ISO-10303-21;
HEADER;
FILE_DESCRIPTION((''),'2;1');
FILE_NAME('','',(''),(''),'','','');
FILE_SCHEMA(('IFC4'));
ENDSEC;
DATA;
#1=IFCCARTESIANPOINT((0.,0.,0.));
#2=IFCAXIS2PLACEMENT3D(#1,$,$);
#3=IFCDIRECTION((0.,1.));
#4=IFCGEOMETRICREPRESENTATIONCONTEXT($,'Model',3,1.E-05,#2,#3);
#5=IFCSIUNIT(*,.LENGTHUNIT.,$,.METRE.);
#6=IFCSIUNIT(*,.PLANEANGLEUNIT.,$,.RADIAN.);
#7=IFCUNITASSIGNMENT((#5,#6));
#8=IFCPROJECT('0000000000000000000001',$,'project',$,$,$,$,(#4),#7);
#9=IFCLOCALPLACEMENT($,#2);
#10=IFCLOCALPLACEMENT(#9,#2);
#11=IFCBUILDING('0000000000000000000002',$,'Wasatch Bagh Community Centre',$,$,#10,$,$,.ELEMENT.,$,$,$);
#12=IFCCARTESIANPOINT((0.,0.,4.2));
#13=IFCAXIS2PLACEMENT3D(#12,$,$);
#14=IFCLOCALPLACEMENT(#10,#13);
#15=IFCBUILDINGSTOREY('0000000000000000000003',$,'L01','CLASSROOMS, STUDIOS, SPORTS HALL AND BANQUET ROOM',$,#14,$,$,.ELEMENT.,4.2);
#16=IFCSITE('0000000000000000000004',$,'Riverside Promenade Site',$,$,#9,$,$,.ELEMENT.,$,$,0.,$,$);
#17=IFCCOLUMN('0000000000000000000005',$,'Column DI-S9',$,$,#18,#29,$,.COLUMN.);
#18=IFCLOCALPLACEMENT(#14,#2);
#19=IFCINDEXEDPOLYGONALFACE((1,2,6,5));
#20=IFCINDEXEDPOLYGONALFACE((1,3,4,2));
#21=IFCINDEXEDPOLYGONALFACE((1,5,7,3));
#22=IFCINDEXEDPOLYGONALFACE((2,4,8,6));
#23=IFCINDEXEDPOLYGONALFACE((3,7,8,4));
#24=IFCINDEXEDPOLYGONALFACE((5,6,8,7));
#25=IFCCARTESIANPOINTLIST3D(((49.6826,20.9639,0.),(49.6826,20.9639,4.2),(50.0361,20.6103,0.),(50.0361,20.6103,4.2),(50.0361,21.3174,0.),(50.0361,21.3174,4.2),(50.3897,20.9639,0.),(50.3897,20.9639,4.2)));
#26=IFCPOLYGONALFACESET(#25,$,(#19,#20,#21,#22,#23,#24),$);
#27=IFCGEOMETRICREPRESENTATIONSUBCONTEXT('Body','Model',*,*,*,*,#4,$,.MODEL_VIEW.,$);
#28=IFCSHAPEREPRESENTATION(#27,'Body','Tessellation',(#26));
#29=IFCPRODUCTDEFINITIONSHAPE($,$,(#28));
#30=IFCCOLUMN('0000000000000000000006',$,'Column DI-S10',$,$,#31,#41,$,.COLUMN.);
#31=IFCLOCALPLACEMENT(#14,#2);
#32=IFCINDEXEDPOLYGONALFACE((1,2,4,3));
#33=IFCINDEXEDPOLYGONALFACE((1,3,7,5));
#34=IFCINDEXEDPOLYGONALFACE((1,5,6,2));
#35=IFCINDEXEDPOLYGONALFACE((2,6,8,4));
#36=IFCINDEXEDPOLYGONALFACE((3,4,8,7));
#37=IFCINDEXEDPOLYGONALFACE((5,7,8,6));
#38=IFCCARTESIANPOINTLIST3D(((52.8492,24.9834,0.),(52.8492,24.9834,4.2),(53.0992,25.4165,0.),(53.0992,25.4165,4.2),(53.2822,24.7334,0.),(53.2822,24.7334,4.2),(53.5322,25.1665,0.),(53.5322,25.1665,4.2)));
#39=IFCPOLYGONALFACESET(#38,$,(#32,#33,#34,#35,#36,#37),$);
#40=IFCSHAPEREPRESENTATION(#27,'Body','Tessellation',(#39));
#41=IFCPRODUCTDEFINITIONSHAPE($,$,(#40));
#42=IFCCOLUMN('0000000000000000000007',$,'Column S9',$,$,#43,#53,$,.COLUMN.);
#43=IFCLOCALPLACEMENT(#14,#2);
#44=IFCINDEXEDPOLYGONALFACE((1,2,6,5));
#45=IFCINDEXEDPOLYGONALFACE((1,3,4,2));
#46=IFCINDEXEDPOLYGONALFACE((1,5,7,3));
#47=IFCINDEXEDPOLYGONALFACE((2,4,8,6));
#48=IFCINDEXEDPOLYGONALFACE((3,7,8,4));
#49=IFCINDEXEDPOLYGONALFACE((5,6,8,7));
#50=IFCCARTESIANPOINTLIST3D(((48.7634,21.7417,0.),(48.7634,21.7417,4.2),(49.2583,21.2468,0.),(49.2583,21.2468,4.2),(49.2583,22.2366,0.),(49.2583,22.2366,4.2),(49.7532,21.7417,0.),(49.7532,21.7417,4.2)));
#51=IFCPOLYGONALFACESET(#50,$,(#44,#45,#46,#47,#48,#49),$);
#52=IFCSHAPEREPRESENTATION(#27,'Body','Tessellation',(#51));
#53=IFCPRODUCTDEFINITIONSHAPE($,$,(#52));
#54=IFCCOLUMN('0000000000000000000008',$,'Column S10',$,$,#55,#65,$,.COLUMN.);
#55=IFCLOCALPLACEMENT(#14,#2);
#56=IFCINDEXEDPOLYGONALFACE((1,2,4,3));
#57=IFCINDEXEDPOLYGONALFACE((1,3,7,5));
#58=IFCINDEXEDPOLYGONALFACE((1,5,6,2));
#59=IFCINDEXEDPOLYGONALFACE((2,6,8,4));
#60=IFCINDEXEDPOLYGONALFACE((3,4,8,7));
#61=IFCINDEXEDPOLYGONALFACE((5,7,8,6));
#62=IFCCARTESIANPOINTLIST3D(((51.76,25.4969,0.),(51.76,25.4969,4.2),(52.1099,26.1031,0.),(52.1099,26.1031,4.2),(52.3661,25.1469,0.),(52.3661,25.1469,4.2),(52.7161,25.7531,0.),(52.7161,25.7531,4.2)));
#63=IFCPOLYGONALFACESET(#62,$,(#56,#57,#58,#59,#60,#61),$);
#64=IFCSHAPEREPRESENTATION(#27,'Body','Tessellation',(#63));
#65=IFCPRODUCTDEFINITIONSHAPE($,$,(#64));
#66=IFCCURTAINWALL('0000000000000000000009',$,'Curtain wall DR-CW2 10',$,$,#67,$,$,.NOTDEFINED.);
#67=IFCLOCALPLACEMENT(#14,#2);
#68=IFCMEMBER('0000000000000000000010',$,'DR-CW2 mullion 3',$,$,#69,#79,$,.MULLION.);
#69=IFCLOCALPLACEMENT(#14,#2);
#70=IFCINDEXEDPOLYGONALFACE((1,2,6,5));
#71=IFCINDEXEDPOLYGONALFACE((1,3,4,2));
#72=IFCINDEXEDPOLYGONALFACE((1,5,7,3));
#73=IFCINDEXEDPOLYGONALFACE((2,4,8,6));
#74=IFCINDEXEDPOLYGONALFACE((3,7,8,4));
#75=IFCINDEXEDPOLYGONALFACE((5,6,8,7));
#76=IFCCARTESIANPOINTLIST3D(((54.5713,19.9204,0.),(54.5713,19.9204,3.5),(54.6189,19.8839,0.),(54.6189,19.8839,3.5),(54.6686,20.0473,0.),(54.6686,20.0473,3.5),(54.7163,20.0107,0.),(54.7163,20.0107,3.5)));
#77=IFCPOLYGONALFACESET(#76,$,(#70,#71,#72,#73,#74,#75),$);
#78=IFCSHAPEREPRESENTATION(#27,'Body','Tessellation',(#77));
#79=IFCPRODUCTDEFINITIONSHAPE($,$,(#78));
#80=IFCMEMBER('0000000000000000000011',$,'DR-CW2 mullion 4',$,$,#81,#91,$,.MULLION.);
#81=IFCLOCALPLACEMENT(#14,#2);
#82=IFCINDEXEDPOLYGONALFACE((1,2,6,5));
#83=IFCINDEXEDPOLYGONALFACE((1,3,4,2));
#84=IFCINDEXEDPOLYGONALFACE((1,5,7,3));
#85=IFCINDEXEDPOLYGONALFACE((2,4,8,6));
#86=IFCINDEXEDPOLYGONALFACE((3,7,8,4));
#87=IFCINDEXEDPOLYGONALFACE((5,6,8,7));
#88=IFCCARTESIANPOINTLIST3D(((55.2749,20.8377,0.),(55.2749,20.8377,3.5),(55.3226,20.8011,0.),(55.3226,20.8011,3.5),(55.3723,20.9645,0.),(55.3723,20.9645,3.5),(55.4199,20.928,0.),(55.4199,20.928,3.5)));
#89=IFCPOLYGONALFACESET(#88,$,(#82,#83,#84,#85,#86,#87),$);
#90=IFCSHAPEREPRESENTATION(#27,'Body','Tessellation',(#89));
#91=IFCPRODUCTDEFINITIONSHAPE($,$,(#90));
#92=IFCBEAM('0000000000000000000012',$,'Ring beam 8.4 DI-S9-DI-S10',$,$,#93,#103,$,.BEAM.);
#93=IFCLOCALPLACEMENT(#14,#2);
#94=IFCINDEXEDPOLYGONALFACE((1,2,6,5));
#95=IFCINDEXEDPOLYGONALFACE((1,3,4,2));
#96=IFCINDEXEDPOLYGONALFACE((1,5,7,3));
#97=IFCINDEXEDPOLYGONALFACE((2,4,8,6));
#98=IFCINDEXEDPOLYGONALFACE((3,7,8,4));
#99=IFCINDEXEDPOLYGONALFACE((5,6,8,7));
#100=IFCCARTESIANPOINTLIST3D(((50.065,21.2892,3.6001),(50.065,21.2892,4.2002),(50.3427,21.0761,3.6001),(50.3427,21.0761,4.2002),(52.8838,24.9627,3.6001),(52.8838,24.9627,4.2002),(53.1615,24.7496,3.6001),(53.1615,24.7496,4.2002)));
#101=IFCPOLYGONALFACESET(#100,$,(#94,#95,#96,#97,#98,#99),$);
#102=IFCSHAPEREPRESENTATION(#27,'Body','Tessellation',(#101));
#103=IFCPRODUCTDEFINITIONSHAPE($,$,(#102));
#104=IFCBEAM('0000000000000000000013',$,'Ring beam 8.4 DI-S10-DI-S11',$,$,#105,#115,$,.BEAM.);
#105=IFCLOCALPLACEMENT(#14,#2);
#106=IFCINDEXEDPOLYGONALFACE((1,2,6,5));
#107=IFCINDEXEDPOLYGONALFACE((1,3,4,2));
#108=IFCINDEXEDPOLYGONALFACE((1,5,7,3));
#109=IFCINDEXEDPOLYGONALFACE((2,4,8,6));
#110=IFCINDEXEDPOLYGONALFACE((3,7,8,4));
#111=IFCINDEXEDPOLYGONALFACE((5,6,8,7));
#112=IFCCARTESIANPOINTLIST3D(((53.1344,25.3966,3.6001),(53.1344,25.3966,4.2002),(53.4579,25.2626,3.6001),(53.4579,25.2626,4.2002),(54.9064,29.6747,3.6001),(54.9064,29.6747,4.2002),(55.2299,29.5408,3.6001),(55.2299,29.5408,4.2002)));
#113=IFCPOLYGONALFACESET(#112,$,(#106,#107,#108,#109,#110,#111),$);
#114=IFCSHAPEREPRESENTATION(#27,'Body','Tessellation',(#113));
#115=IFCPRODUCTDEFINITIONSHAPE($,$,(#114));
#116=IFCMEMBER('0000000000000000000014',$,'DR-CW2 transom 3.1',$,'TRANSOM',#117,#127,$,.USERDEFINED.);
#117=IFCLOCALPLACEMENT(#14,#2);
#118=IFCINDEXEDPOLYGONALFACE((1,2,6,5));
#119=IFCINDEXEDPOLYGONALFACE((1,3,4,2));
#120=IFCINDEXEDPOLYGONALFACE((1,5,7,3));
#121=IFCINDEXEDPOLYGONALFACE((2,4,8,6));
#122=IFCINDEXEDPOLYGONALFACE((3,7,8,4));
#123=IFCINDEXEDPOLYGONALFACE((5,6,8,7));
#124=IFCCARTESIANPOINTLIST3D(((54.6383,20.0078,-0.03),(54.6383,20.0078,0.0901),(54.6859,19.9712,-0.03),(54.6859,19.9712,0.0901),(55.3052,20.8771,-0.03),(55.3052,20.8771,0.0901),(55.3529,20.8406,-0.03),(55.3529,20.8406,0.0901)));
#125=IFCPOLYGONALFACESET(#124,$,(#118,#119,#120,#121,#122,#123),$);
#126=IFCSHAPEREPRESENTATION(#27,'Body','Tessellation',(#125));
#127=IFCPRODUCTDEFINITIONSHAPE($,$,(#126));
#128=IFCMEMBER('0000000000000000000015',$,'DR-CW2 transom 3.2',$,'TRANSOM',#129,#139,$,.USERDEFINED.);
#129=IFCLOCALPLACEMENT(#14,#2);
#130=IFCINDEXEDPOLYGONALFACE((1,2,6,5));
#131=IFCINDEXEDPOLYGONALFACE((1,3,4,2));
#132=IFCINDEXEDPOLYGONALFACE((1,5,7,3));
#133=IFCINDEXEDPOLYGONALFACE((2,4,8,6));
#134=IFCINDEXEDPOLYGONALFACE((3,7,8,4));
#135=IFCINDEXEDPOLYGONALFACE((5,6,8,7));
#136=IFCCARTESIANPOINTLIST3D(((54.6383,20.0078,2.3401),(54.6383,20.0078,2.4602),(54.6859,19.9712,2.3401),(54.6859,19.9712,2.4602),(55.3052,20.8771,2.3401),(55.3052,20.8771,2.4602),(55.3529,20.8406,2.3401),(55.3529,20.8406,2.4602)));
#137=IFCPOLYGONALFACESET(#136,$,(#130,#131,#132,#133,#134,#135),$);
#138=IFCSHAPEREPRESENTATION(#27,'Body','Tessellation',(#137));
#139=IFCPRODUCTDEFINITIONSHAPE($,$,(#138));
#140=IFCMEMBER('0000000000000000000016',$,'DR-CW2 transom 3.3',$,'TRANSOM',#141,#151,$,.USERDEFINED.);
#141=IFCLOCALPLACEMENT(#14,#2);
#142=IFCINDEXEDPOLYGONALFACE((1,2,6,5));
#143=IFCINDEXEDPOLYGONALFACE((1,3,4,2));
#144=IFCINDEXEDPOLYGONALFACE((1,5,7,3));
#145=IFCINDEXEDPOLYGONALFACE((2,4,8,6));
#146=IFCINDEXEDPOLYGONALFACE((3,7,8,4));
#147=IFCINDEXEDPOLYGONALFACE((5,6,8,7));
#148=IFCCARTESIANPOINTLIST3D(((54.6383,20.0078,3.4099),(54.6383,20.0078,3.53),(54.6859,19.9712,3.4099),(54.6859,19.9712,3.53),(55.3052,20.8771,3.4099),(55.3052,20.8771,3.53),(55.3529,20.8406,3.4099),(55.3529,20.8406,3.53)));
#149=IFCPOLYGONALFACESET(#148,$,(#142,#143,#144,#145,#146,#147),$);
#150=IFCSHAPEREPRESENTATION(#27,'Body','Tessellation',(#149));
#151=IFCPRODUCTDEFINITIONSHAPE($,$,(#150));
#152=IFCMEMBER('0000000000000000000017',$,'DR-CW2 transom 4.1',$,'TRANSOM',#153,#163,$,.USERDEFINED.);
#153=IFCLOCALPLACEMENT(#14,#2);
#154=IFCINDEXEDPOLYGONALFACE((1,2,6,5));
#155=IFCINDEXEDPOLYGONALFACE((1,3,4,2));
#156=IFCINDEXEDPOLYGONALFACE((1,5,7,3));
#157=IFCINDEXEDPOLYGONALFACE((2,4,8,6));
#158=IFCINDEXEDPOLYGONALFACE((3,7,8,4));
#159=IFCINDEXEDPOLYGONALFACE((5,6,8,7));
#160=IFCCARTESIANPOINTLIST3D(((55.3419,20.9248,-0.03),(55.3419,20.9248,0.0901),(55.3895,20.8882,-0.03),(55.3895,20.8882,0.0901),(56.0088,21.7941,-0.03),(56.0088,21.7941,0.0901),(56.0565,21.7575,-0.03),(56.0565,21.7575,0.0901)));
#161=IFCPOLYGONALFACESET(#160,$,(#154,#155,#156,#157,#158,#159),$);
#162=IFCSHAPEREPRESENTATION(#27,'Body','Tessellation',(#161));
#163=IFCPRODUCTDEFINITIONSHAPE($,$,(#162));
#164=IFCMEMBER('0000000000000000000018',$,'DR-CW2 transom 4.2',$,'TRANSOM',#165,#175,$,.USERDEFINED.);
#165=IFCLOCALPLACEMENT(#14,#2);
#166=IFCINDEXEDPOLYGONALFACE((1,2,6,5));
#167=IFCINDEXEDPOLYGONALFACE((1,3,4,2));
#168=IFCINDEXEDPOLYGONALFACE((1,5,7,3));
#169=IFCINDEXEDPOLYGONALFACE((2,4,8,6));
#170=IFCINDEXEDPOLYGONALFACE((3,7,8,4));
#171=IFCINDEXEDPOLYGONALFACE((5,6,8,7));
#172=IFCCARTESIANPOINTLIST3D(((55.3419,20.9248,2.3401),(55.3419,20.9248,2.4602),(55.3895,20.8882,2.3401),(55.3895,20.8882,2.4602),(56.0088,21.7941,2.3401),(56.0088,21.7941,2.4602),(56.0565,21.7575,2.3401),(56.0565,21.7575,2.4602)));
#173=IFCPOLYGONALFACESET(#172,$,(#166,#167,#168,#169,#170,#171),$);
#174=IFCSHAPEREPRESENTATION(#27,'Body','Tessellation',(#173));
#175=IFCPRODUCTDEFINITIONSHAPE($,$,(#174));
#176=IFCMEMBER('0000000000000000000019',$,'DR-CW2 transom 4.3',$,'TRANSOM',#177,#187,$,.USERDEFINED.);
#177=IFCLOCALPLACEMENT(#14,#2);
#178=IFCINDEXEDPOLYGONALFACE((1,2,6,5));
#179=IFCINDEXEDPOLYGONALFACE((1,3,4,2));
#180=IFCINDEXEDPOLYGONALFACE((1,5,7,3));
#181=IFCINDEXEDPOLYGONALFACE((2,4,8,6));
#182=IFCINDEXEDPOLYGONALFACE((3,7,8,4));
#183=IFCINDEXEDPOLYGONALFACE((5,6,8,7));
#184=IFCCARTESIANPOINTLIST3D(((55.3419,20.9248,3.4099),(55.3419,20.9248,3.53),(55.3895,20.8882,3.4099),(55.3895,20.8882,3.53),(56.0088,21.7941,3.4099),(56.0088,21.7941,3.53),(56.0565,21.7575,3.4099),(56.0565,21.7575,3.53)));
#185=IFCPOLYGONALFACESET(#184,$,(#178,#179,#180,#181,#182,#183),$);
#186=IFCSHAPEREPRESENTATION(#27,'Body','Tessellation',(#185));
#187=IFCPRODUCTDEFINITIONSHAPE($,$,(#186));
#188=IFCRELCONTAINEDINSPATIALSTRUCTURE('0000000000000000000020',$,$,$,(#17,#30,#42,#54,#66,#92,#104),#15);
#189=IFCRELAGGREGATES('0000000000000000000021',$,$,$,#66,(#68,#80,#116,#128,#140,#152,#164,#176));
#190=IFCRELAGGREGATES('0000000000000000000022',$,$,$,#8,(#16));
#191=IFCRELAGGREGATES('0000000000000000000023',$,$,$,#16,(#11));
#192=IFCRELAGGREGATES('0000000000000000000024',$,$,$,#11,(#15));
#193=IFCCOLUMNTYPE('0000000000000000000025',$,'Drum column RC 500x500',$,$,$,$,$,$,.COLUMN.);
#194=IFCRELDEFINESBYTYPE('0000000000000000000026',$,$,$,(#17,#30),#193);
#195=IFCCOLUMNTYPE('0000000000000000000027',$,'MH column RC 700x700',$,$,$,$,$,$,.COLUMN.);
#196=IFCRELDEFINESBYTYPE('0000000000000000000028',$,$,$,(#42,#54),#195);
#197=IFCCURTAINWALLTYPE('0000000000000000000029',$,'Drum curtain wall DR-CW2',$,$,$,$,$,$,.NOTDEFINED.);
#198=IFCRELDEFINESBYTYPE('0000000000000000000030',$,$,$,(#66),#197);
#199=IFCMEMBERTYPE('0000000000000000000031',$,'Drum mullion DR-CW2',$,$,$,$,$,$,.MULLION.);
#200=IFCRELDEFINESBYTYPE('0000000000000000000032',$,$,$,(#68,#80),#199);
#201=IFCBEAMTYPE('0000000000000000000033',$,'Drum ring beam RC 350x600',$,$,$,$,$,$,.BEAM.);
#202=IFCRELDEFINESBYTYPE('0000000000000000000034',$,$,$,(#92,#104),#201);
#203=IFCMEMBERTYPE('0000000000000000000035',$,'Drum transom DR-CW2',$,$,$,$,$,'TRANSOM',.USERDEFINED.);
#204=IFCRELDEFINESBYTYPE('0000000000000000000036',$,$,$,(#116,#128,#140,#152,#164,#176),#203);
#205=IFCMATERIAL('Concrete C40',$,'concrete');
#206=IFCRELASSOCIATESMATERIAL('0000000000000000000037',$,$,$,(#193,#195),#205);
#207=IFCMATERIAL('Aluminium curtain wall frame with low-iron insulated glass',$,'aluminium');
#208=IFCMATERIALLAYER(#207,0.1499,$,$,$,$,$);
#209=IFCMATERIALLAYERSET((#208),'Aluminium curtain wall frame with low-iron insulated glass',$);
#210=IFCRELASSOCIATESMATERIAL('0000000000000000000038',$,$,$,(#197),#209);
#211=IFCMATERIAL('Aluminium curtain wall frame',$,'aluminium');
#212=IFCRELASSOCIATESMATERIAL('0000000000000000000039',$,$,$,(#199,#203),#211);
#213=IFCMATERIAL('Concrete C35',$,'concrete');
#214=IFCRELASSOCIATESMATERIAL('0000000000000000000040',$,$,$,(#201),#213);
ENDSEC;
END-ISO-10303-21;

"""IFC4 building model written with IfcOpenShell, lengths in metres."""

from ifc_helpers import new_model, si_unit, direction, frame, origin, origin_2d, place, context, subcontext, project, spatial, rectangle, extrude, material, layer, layer_set, material_profile, profile_set, type_object, element, aggregate, save


model = new_model("IFC4")

# Units and contexts
model_context = context("Model", 3, precision=1e-05, world=origin(), true_north=direction((0.0, 1.0)))
body_context = subcontext(model_context, "Body", "Model", "MODEL_VIEW")
ifc_project = project(units=[si_unit("LENGTHUNIT", "METRE"), si_unit("PLANEANGLEUNIT", "RADIAN")], contexts=[model_context])

# Site, building, storey
site_placement = place(None, origin())
site = spatial("IfcSite", under=ifc_project, at=site_placement, Name="Riverside Promenade Site", CompositionType="ELEMENT", RefElevation=0.0)
building_placement = place(site_placement, origin())
building = spatial("IfcBuilding", under=site, at=building_placement, Name="Wasatch Bagh Community Centre", CompositionType="ELEMENT")
storey_placement = place(building_placement, frame((0.0, 0.0, 4.2)))
storey = spatial("IfcBuildingStorey", under=building, at=storey_placement, Name="L01", Description="CLASSROOMS, STUDIOS, SPORTS HALL AND BANQUET ROOM", CompositionType="ELEMENT", Elevation=4.2)

# Columns
ifc_material_1 = material(Name="Concrete C40", Category="concrete")
ifc_material_profile_1 = material_profile(ifc_material_1, rectangle(XDim=0.5, YDim=0.5, at=origin_2d()), Name="RC 500x500")
ifc_profile_set_1 = profile_set([ifc_material_profile_1], Name="Concrete C40")
column_type_1 = type_object("IfcColumnType", Name="Drum column RC 500x500", PredefinedType="COLUMN", material=ifc_profile_set_1)
for number, where, z_axis, x_axis, name in (
    (1, (50.0361, 20.9639, 0.0), (0.0, 0.0, 1.0), (0.707107, 0.707107, 0.0), "Column DI-S9"),
    (2, (53.1907, 25.075, 0.0), (0.0, 0.0, 1.0), (0.5, 0.866025, 0.0), "Column DI-S10"),
):
    element("IfcColumn", number, at=place(storey_placement, frame(where, z_axis=z_axis, x_axis=x_axis)), inside=storey, type_object=column_type_1, Name=name, PredefinedType="COLUMN", context=body_context, shape_type="SweptSolid", body=[
        extrude(rectangle(XDim=0.5, YDim=0.5, at=origin_2d()), origin(), (0.0, 0.0, 1.0), 4.2),
    ])
ifc_material_profile_2 = material_profile(ifc_material_1, rectangle(XDim=0.7, YDim=0.7, at=origin_2d()), Name="RC 700x700")
ifc_profile_set_2 = profile_set([ifc_material_profile_2], Name="Concrete C40")
column_type_2 = type_object("IfcColumnType", Name="MH column RC 700x700", PredefinedType="COLUMN", material=ifc_profile_set_2)
for number, where, z_axis, x_axis, name in (
    (3, (49.2583, 21.7417, 0.0), (0.0, 0.0, 1.0), (0.707107, 0.707107, 0.0), "Column S9"),
    (4, (52.238, 25.625, 0.0), (0.0, 0.0, 1.0), (0.5, 0.866025, 0.0), "Column S10"),
):
    element("IfcColumn", number, at=place(storey_placement, frame(where, z_axis=z_axis, x_axis=x_axis)), inside=storey, type_object=column_type_2, Name=name, PredefinedType="COLUMN", context=body_context, shape_type="SweptSolid", body=[
        extrude(rectangle(XDim=0.7, YDim=0.7, at=origin_2d()), origin(), (0.0, 0.0, 1.0), 4.2),
    ])

# Curtain wall, members
ifc_material_2 = material(Name="Aluminium curtain wall frame with low-iron insulated glass", Category="aluminium")
ifc_layer_1 = layer(ifc_material_2, 0.1499)
ifc_layer_set_1 = layer_set([ifc_layer_1], Name="Aluminium curtain wall frame with low-iron insulated glass")
curtain_wall_type = type_object("IfcCurtainWallType", Name="Drum curtain wall DR-CW2", PredefinedType="NOTDEFINED", material=ifc_layer_set_1)
curtain_wall_placement = place(storey_placement, origin())
curtain_wall = element("IfcCurtainWall", 5, at=curtain_wall_placement, inside=storey, type_object=curtain_wall_type, Name="Curtain wall DR-CW2 10", PredefinedType="NOTDEFINED")
ifc_material_3 = material(Name="Aluminium curtain wall frame", Category="aluminium")
ifc_material_profile_3 = material_profile(ifc_material_3, rectangle(XDim=0.0601, YDim=0.1599, at=origin_2d()), Name="Drum mullion DR-CW2")
ifc_profile_set_3 = profile_set([ifc_material_profile_3], Name="Aluminium curtain wall frame")
member_type_1 = type_object("IfcMemberType", Name="Drum mullion DR-CW2", PredefinedType="MULLION", material=ifc_profile_set_3)
member_1_placement = place(storey_placement, frame((54.6438, 19.9656, 0.0), z_axis=(0.0, 0.0, 1.0), x_axis=(-0.793353, 0.608761, 0.0)))
member_1 = element("IfcMember", 6, at=member_1_placement, type_object=member_type_1, Name="DR-CW2 mullion 3", PredefinedType="MULLION", context=body_context, shape_type="SweptSolid", body=[
    extrude(rectangle(XDim=0.0601, YDim=0.1599, at=origin_2d()), origin(), (0.0, 0.0, 1.0), 3.5),
])
member_2_placement = place(storey_placement, frame((55.3474, 20.8828, 0.0), z_axis=(0.0, 0.0, 1.0), x_axis=(-0.793353, 0.608761, 0.0)))
member_2 = element("IfcMember", 7, at=member_2_placement, type_object=member_type_1, Name="DR-CW2 mullion 4", PredefinedType="MULLION", context=body_context, shape_type="SweptSolid", body=[
    extrude(rectangle(XDim=0.0601, YDim=0.1599, at=origin_2d()), origin(), (0.0, 0.0, 1.0), 3.5),
])

# Beams
ifc_material_4 = material(Name="Concrete C35", Category="concrete")
ifc_material_profile_4 = material_profile(ifc_material_4, rectangle(XDim=0.3501, YDim=0.6001, at=origin_2d()), Name="RC 350x600")
ifc_profile_set_4 = profile_set([ifc_material_profile_4], Name="Concrete C35")
beam_type_1 = type_object("IfcBeamType", Name="Drum ring beam RC 350x600", PredefinedType="BEAM", material=ifc_profile_set_4)
beam_1_placement = place(storey_placement, frame((50.2039, 21.1826, 3.9001), z_axis=(0.608762, 0.793353, 0.0), x_axis=(-0.793353, 0.608762, 0.0)))
element("IfcBeam", 8, at=beam_1_placement, inside=storey, type_object=beam_type_1, Name="Ring beam 8.4 DI-S9-DI-S10", PredefinedType="BEAM", context=body_context, shape_type="SweptSolid", body=[
    extrude(rectangle(XDim=0.3501, YDim=0.6001, at=origin_2d()), origin(), (0.0, 0.0, 1.0), 4.6304),
])
beam_2_placement = place(storey_placement, frame((53.2961, 25.3296, 3.9001), z_axis=(0.382672, 0.923884, 0.0), x_axis=(-0.923884, 0.382672, 0.0)))
element("IfcBeam", 9, at=beam_2_placement, inside=storey, type_object=beam_type_1, Name="Ring beam 8.4 DI-S10-DI-S11", PredefinedType="BEAM", context=body_context, shape_type="SweptSolid", body=[
    extrude(rectangle(XDim=0.3501, YDim=0.6001, at=origin_2d()), origin(), (0.0, 0.0, 1.0), 4.6306),
])

# Members
ifc_material_profile_5 = material_profile(ifc_material_3, rectangle(XDim=0.0601, YDim=0.1201, at=origin_2d()), Name="Drum transom DR-CW2")
ifc_profile_set_5 = profile_set([ifc_material_profile_5], Name="Aluminium curtain wall frame")
member_type_2 = type_object("IfcMemberType", Name="Drum transom DR-CW2", ElementType="TRANSOM", PredefinedType="USERDEFINED", material=ifc_profile_set_5)
member_3_placement = place(storey_placement, frame((54.6621, 19.9895, 0.03), z_axis=(0.608698, 0.793402, 0.0), x_axis=(-0.793402, 0.608698, 0.0)))
member_3 = element("IfcMember", 10, at=member_3_placement, type_object=member_type_2, Name="DR-CW2 transom 3.1", ObjectType="TRANSOM", PredefinedType="USERDEFINED", context=body_context, shape_type="SweptSolid", body=[
    extrude(rectangle(XDim=0.0601, YDim=0.1201, at=origin_2d()), origin(), (0.0, 0.0, 1.0), 1.0957),
])
member_4_placement = place(storey_placement, frame((54.6621, 19.9895, 2.4001), z_axis=(0.608698, 0.793402, 0.0), x_axis=(-0.793402, 0.608698, 0.0)))
member_4 = element("IfcMember", 11, at=member_4_placement, type_object=member_type_2, Name="DR-CW2 transom 3.2", ObjectType="TRANSOM", PredefinedType="USERDEFINED", context=body_context, shape_type="SweptSolid", body=[
    extrude(rectangle(XDim=0.0601, YDim=0.1201, at=origin_2d()), origin(), (0.0, 0.0, 1.0), 1.0957),
])
member_5_placement = place(storey_placement, frame((54.6621, 19.9895, 3.47), z_axis=(0.608698, 0.793402, 0.0), x_axis=(-0.793402, 0.608698, 0.0)))
member_5 = element("IfcMember", 12, at=member_5_placement, type_object=member_type_2, Name="DR-CW2 transom 3.3", ObjectType="TRANSOM", PredefinedType="USERDEFINED", context=body_context, shape_type="SweptSolid", body=[
    extrude(rectangle(XDim=0.0601, YDim=0.1201, at=origin_2d()), origin(), (0.0, 0.0, 1.0), 1.0957),
])
member_6_placement = place(storey_placement, frame((55.3657, 20.9065, 0.03), z_axis=(0.608698, 0.793402, 0.0), x_axis=(-0.793402, 0.608698, 0.0)))
member_6 = element("IfcMember", 13, at=member_6_placement, type_object=member_type_2, Name="DR-CW2 transom 4.1", ObjectType="TRANSOM", PredefinedType="USERDEFINED", context=body_context, shape_type="SweptSolid", body=[
    extrude(rectangle(XDim=0.0601, YDim=0.1201, at=origin_2d()), origin(), (0.0, 0.0, 1.0), 1.0957),
])
member_7_placement = place(storey_placement, frame((55.3657, 20.9065, 2.4001), z_axis=(0.608698, 0.793402, 0.0), x_axis=(-0.793402, 0.608698, 0.0)))
member_7 = element("IfcMember", 14, at=member_7_placement, type_object=member_type_2, Name="DR-CW2 transom 4.2", ObjectType="TRANSOM", PredefinedType="USERDEFINED", context=body_context, shape_type="SweptSolid", body=[
    extrude(rectangle(XDim=0.0601, YDim=0.1201, at=origin_2d()), origin(), (0.0, 0.0, 1.0), 1.0957),
])
member_8_placement = place(storey_placement, frame((55.3657, 20.9065, 3.47), z_axis=(0.608698, 0.793402, 0.0), x_axis=(-0.793402, 0.608698, 0.0)))
member_8 = element("IfcMember", 15, at=member_8_placement, type_object=member_type_2, Name="DR-CW2 transom 4.3", ObjectType="TRANSOM", PredefinedType="USERDEFINED", context=body_context, shape_type="SweptSolid", body=[
    extrude(rectangle(XDim=0.0601, YDim=0.1201, at=origin_2d()), origin(), (0.0, 0.0, 1.0), 1.0957),
])

aggregate(curtain_wall, [member_1, member_2, member_3, member_4, member_5, member_6, member_7, member_8])

save(model, "model.ifc")
